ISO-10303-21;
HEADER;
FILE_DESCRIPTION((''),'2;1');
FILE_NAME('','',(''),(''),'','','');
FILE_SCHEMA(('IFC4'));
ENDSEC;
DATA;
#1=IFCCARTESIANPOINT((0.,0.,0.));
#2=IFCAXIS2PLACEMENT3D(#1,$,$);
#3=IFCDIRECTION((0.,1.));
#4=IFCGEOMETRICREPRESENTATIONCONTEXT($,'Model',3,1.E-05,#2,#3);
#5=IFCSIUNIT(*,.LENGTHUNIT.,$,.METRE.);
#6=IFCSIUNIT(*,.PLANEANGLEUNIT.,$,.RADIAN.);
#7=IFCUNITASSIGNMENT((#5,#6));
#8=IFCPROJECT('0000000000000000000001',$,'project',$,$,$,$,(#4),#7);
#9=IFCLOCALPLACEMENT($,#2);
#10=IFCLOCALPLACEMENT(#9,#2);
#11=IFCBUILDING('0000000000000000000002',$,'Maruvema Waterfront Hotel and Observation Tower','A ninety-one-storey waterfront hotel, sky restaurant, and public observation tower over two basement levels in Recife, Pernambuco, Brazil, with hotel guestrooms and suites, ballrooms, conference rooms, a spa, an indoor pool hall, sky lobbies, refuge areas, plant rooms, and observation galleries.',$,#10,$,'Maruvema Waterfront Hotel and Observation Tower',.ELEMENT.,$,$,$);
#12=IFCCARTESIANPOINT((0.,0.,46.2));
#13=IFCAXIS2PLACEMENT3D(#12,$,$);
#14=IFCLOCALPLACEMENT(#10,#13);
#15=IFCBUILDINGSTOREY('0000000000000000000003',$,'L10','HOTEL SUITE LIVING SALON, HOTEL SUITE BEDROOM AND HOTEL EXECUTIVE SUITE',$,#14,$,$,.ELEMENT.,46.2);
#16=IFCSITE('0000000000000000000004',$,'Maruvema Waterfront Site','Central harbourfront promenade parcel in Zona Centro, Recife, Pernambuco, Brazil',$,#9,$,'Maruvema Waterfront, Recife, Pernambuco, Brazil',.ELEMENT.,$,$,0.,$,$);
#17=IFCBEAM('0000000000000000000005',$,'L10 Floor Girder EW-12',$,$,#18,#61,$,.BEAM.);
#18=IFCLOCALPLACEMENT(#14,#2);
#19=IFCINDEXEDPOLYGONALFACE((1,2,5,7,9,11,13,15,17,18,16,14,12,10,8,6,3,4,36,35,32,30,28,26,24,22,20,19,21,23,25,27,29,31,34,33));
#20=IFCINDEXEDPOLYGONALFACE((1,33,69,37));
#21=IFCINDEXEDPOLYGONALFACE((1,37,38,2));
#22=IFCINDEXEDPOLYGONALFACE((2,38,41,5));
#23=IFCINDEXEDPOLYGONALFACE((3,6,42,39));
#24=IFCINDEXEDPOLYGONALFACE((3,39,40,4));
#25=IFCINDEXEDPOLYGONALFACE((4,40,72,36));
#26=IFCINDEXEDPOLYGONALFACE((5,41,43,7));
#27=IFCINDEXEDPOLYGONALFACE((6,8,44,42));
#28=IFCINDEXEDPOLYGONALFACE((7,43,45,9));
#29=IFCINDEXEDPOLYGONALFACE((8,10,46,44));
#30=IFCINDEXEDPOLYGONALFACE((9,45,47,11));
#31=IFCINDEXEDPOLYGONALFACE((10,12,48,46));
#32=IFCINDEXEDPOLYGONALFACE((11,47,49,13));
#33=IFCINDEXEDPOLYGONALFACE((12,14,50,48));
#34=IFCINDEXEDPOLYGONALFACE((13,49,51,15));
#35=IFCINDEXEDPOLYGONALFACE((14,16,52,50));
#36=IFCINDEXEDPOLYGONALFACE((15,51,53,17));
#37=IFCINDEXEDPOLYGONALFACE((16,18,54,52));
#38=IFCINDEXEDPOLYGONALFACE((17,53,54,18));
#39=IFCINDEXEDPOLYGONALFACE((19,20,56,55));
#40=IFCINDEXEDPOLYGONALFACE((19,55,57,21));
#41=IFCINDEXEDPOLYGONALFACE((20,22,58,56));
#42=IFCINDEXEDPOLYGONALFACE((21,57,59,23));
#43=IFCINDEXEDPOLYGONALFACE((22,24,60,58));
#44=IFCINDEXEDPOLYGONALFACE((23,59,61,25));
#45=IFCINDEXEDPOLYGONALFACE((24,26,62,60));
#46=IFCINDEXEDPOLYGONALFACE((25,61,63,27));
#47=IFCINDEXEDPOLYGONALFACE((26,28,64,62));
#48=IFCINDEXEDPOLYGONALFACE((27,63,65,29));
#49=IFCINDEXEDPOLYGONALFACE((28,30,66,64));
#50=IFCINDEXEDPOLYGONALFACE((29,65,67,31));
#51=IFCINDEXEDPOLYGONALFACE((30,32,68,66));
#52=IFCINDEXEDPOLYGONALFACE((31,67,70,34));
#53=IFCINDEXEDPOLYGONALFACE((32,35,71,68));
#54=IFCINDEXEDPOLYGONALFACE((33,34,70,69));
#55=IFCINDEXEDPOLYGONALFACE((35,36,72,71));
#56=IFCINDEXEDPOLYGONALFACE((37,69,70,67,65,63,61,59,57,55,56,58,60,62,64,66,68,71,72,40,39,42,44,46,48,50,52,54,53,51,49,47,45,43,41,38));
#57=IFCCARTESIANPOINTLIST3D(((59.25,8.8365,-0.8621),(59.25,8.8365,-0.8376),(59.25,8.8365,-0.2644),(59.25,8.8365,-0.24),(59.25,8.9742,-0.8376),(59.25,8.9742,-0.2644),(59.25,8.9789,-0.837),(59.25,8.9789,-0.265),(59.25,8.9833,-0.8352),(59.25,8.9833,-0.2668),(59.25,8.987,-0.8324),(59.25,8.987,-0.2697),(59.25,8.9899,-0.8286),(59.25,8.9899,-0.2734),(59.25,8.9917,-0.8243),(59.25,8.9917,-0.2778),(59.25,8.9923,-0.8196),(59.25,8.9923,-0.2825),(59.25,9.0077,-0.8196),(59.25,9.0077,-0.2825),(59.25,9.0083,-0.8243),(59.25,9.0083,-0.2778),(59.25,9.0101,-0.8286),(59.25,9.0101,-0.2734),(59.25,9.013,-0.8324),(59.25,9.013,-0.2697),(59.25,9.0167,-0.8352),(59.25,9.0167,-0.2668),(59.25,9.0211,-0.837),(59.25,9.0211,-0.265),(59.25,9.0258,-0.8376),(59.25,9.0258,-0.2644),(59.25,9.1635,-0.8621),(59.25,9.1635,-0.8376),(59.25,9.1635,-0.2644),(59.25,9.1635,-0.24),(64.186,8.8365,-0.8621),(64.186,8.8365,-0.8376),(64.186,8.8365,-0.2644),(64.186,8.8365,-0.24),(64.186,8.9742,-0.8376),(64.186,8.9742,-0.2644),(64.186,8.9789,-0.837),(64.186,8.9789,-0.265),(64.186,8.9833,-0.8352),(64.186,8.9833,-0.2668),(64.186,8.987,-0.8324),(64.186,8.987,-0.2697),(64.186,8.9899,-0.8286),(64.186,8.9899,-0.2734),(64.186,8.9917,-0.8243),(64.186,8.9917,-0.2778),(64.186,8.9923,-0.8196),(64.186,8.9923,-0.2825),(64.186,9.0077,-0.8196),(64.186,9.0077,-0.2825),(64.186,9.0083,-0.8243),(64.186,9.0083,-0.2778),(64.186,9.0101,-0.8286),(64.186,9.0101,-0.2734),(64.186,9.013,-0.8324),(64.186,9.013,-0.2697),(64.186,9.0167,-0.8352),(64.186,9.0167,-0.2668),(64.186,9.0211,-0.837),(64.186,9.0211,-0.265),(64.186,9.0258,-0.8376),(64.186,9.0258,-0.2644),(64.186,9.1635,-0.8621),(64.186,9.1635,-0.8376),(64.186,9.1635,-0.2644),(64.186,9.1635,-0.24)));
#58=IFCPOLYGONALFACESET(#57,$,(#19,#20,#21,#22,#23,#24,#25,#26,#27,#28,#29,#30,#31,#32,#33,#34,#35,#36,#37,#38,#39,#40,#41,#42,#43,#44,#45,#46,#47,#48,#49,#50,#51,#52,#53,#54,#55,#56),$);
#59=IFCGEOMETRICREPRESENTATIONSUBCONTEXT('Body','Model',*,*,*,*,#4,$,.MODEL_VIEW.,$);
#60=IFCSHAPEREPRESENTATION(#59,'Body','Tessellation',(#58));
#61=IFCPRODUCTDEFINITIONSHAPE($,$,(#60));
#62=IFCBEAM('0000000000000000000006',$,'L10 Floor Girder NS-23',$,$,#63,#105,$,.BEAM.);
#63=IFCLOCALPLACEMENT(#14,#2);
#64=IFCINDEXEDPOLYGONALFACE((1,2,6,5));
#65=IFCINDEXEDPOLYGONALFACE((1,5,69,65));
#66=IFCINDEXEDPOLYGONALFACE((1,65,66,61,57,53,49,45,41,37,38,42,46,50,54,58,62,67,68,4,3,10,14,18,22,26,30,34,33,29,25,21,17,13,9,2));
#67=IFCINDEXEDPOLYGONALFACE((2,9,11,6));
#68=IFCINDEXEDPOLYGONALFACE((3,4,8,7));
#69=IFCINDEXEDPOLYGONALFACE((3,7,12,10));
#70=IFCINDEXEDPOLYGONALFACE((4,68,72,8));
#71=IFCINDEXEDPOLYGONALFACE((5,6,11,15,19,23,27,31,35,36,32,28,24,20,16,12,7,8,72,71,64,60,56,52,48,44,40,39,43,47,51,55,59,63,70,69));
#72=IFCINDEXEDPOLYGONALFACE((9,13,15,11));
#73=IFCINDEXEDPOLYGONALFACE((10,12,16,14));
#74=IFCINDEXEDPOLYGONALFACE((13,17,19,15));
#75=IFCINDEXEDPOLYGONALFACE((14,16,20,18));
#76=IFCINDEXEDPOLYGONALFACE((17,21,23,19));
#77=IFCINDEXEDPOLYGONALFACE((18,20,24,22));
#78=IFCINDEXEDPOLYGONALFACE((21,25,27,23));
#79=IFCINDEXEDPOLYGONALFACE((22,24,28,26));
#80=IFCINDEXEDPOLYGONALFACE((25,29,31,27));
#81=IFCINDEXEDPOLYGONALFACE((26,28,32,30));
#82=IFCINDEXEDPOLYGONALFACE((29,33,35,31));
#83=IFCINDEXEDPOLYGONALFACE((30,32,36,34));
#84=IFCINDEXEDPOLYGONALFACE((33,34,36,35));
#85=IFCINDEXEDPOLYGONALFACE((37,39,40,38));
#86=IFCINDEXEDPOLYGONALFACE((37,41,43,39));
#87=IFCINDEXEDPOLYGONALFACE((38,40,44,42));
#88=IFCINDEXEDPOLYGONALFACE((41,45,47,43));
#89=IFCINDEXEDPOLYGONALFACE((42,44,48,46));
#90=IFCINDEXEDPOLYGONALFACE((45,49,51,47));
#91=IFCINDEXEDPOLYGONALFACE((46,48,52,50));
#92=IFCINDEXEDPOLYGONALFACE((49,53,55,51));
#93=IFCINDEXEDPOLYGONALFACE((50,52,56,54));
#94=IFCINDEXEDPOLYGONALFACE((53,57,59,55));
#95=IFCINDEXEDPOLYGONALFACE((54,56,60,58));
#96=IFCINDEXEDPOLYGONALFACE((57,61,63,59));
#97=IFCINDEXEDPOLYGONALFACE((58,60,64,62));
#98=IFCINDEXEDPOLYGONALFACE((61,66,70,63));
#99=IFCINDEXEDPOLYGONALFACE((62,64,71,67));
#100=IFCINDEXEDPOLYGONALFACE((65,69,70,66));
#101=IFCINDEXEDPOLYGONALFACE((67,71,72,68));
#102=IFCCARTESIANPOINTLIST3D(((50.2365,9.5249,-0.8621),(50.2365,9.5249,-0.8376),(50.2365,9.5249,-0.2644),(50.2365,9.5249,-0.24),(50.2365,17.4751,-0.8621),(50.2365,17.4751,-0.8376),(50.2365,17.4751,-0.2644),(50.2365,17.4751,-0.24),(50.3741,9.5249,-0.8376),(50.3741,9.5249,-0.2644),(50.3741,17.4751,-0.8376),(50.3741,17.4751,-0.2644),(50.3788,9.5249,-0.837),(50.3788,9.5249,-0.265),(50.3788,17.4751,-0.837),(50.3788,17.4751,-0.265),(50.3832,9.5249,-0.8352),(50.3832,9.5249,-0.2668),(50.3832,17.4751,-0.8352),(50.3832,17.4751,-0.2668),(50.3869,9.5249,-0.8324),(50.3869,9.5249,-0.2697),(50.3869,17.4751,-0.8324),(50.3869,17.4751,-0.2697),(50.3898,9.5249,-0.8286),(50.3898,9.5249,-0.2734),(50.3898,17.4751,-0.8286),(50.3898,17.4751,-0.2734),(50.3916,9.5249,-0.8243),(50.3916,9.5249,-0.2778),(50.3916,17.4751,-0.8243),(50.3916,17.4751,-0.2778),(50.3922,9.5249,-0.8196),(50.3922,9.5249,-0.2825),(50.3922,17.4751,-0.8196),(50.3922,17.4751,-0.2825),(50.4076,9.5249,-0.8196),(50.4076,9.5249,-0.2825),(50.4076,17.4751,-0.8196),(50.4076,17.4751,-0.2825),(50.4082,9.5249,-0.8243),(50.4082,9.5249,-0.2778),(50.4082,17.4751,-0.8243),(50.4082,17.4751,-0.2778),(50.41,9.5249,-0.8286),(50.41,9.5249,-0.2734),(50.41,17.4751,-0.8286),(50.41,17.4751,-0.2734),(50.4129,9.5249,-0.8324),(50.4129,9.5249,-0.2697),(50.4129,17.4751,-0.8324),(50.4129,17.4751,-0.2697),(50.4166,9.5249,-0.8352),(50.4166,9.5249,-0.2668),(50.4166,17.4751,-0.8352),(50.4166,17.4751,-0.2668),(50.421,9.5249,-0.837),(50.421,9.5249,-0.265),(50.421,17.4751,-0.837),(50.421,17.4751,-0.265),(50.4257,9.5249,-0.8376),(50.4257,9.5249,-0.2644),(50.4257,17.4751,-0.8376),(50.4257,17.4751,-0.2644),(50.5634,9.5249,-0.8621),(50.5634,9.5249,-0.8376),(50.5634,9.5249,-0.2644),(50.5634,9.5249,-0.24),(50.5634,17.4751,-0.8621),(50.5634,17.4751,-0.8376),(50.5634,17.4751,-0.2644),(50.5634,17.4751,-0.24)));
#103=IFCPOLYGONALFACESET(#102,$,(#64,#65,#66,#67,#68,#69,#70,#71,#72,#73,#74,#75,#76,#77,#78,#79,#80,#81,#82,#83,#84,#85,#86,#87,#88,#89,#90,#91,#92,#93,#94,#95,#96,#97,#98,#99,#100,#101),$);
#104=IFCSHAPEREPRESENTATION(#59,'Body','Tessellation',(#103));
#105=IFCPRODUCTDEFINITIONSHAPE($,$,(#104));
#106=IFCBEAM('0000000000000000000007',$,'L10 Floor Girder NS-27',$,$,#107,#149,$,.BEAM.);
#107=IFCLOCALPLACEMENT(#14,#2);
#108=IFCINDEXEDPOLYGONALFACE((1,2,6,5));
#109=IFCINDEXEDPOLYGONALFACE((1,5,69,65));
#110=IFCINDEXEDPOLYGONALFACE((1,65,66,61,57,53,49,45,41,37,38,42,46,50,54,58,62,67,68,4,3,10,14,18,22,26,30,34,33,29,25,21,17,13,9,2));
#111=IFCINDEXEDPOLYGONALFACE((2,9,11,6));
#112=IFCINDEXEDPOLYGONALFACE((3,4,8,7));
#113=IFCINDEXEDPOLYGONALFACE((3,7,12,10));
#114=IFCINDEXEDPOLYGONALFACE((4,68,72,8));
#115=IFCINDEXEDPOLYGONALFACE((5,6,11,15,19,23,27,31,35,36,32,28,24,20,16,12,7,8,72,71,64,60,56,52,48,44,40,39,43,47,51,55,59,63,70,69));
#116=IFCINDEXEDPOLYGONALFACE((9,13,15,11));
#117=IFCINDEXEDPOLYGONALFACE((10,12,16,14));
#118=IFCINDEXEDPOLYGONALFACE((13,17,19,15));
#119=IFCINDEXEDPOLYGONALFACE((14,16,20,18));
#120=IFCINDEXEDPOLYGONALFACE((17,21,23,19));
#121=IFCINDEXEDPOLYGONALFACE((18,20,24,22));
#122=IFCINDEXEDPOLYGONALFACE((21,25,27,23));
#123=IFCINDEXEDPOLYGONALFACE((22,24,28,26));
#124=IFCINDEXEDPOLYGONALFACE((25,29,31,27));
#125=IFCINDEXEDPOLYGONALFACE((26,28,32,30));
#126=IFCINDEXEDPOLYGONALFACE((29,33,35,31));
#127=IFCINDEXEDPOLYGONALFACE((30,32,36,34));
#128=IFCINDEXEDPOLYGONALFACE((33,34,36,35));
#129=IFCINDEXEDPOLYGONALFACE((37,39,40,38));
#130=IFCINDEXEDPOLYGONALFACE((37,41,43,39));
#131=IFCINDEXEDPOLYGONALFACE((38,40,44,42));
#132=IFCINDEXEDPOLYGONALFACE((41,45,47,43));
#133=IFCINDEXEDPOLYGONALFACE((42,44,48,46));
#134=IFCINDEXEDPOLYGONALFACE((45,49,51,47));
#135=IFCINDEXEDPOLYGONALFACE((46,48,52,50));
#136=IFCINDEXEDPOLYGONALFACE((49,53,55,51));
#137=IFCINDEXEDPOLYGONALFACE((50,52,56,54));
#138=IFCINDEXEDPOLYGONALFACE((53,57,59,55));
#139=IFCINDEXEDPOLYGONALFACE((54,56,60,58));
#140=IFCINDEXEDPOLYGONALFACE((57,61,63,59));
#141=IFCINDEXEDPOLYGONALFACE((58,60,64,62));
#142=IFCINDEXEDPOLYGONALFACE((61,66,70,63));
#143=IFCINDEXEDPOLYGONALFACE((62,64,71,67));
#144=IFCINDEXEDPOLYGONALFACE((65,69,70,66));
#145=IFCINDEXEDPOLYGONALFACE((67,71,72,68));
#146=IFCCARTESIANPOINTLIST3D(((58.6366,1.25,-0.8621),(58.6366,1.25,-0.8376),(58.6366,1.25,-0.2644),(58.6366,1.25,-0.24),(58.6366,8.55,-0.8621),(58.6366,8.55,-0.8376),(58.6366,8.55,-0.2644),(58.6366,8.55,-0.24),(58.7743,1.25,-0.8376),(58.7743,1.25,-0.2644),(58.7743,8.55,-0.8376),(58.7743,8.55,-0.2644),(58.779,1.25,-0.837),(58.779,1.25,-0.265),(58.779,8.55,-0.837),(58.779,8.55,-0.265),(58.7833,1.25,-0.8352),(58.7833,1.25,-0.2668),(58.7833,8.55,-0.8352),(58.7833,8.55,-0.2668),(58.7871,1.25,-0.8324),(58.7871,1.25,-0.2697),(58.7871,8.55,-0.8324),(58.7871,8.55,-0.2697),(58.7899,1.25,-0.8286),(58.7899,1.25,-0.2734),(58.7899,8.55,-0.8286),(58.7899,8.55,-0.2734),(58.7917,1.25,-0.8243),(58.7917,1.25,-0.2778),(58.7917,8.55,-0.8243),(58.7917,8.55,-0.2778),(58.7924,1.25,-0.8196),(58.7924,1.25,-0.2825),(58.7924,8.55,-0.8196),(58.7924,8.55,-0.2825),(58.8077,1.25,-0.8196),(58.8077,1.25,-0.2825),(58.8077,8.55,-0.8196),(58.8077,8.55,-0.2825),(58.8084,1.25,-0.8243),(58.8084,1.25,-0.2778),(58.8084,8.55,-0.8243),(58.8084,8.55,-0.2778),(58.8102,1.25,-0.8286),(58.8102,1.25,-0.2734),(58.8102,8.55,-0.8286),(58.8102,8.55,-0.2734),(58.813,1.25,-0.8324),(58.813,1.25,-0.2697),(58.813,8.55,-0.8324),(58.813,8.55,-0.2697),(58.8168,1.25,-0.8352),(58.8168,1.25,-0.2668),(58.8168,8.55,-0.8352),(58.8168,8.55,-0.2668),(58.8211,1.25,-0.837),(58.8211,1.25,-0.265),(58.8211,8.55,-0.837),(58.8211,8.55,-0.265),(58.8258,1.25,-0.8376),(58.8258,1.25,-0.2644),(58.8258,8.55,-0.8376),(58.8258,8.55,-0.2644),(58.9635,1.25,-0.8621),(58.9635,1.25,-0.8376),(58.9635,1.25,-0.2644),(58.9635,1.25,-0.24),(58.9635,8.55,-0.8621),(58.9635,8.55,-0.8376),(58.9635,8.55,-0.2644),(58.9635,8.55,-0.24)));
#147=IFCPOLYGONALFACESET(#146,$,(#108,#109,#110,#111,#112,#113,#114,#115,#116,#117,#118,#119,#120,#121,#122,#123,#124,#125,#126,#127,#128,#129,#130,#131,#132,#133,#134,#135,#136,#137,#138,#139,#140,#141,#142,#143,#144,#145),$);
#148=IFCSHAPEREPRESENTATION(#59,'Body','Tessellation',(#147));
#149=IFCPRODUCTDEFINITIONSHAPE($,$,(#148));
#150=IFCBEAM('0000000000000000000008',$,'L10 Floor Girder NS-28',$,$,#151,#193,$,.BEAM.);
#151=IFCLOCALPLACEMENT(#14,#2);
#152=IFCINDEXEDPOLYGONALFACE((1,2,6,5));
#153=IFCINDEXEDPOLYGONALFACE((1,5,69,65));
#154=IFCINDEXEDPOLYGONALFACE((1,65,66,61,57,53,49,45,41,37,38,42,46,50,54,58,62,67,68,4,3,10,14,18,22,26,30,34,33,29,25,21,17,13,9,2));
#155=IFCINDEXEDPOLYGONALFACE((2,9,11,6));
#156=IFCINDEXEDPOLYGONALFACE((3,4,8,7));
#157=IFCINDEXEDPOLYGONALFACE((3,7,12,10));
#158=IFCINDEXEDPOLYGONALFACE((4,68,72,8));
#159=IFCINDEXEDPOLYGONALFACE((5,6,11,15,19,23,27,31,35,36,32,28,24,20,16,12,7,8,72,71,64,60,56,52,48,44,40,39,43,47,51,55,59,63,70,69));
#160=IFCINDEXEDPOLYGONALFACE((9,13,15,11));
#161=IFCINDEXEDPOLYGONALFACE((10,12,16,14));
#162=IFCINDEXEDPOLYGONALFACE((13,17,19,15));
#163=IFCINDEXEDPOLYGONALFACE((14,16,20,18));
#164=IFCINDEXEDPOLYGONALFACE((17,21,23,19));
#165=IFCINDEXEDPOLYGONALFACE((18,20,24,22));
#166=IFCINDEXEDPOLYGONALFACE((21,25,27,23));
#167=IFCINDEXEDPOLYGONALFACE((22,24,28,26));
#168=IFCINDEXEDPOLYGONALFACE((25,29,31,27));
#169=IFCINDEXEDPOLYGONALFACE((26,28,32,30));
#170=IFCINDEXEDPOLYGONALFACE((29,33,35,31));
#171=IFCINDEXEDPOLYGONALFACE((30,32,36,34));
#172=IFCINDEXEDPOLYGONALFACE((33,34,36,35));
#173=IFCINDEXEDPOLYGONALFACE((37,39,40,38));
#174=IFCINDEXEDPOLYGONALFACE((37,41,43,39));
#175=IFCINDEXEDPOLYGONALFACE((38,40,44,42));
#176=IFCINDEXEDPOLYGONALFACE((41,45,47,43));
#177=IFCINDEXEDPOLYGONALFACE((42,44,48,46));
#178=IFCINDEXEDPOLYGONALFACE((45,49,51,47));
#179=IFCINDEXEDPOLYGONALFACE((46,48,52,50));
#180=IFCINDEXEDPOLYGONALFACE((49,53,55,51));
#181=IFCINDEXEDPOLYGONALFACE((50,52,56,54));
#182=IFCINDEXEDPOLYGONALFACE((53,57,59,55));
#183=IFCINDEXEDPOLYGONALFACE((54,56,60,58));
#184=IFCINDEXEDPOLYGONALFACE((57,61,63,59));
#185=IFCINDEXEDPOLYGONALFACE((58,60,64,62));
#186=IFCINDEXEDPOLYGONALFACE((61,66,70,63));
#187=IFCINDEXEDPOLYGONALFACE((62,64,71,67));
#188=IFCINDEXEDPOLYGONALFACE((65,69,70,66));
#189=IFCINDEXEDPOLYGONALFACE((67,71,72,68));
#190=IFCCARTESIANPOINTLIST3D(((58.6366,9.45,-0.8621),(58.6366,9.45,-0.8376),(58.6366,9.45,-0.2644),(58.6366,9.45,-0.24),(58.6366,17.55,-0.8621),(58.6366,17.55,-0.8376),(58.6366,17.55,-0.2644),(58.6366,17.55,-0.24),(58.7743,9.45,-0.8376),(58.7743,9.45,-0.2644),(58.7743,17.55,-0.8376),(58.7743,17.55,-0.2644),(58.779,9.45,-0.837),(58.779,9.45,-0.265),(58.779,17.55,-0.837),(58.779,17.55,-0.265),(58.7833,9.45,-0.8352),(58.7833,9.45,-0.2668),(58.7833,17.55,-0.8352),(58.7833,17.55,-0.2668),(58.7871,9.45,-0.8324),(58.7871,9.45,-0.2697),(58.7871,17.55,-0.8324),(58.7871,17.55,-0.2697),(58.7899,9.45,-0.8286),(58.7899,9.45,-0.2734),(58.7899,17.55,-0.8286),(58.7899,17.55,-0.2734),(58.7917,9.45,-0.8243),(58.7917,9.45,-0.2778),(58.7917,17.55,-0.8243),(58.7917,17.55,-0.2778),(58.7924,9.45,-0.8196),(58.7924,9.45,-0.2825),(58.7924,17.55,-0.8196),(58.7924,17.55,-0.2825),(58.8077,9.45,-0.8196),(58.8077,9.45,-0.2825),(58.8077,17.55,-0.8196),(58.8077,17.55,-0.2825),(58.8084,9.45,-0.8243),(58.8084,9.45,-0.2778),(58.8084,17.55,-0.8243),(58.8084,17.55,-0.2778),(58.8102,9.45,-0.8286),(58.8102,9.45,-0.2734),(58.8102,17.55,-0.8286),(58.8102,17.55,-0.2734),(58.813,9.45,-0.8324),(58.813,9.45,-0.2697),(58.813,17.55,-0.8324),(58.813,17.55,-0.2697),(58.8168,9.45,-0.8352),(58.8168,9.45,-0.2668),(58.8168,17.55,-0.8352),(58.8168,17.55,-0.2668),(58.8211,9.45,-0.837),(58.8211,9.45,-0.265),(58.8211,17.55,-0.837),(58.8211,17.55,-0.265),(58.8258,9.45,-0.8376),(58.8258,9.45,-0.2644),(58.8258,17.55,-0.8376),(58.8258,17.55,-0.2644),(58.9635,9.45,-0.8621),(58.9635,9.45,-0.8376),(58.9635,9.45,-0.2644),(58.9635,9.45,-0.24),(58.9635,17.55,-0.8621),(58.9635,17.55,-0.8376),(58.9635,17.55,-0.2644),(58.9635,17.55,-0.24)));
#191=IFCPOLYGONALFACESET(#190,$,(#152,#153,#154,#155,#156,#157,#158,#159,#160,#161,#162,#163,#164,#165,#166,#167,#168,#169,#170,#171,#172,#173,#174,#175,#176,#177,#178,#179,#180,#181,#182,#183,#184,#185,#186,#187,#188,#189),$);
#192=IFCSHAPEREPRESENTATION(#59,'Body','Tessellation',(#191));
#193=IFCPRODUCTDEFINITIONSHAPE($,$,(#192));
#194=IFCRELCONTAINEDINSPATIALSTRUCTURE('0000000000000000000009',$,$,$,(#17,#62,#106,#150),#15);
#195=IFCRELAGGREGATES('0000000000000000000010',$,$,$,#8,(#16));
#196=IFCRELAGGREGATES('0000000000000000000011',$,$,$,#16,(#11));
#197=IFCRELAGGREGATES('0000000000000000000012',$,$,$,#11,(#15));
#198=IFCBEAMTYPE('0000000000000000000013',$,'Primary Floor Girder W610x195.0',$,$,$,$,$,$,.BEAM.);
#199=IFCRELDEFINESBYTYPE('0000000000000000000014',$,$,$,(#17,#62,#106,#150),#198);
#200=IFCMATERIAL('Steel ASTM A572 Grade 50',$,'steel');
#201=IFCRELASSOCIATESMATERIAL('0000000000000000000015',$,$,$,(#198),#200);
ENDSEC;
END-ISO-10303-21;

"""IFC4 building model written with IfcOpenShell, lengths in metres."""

from ifc_helpers import new_model, si_unit, direction, frame, origin, origin_2d, place, context, subcontext, project, spatial, i_section, extrude, material, material_profile, profile_set, type_object, element, save


model = new_model("IFC4")

# Units and contexts
model_context = context("Model", 3, precision=1e-05, world=origin(), true_north=direction((0.0, 1.0)))
body_context = subcontext(model_context, "Body", "Model", "MODEL_VIEW")
ifc_project = project(units=[si_unit("LENGTHUNIT", "METRE"), si_unit("PLANEANGLEUNIT", "RADIAN")], contexts=[model_context])

# Site, building, storey
site_placement = place(None, origin())
site = spatial("IfcSite", under=ifc_project, at=site_placement, Name="Maruvema Waterfront Site", Description="Central harbourfront promenade parcel in Zona Centro, Recife, Pernambuco, Brazil", LongName="Maruvema Waterfront, Recife, Pernambuco, Brazil", CompositionType="ELEMENT", RefElevation=0.0)
building_placement = place(site_placement, origin())
building = spatial("IfcBuilding", under=site, at=building_placement, Name="Maruvema Waterfront Hotel and Observation Tower", Description="A ninety-one-storey waterfront hotel, sky restaurant, and public observation tower over two basement levels in Recife, Pernambuco, Brazil, with hotel guestrooms and suites, ballrooms, conference rooms, a spa, an indoor pool hall, sky lobbies, refuge areas, plant rooms, and observation galleries.", LongName="Maruvema Waterfront Hotel and Observation Tower", CompositionType="ELEMENT")
storey_placement = place(building_placement, frame((0.0, 0.0, 46.2)))
storey = spatial("IfcBuildingStorey", under=building, at=storey_placement, Name="L10", Description="HOTEL SUITE LIVING SALON, HOTEL SUITE BEDROOM AND HOTEL EXECUTIVE SUITE", CompositionType="ELEMENT", Elevation=46.2)

# Beams
ifc_material_1 = material(Name="Steel ASTM A572 Grade 50", Category="steel")
ifc_material_profile_1 = material_profile(ifc_material_1, i_section(OverallWidth=0.3269, OverallDepth=0.6221, WebThickness=0.0154, FlangeThickness=0.0244, FilletRadius=0.0181, at=origin_2d()), Name="W610x195.0")
ifc_profile_set_1 = profile_set([ifc_material_profile_1], Name="Steel ASTM A572 Grade 50")
beam_type_1 = type_object("IfcBeamType", Name="Primary Floor Girder W610x195.0", PredefinedType="BEAM", material=ifc_profile_set_1)
beam_1_placement = place(storey_placement, frame((59.25, 9.0, -0.551), z_axis=(1.0, 0.0, 0.0), x_axis=(0.0, 1.0, 0.0)))
element("IfcBeam", 1, at=beam_1_placement, inside=storey, type_object=beam_type_1, Name="L10 Floor Girder EW-12", PredefinedType="BEAM", context=body_context, shape_type="SweptSolid", body=[
    extrude(i_section(OverallWidth=0.3269, OverallDepth=0.6221, WebThickness=0.0154, FlangeThickness=0.0244, FilletRadius=0.0181, at=origin_2d()), origin(), (0.0, 0.0, 1.0), 4.936),
])
beam_2_placement = place(storey_placement, frame((50.3999, 9.5249, -0.551), z_axis=(0.0, 1.0, 0.0), x_axis=(-1.0, 0.0, 0.0)))
element("IfcBeam", 2, at=beam_2_placement, inside=storey, type_object=beam_type_1, Name="L10 Floor Girder NS-23", PredefinedType="BEAM", context=body_context, shape_type="SweptSolid", body=[
    extrude(i_section(OverallWidth=0.3269, OverallDepth=0.6221, WebThickness=0.0154, FlangeThickness=0.0244, FilletRadius=0.0181, at=origin_2d()), origin(), (0.0, 0.0, 1.0), 7.9502),
])
beam_3_placement = place(storey_placement, frame((58.8, 1.25, -0.551), z_axis=(0.0, 1.0, 0.0), x_axis=(-1.0, 0.0, 0.0)))
element("IfcBeam", 3, at=beam_3_placement, inside=storey, type_object=beam_type_1, Name="L10 Floor Girder NS-27", PredefinedType="BEAM", context=body_context, shape_type="SweptSolid", body=[
    extrude(i_section(OverallWidth=0.3269, OverallDepth=0.6221, WebThickness=0.0154, FlangeThickness=0.0244, FilletRadius=0.0181, at=origin_2d()), origin(), (0.0, 0.0, 1.0), 7.3),
])
beam_4_placement = place(storey_placement, frame((58.8, 9.45, -0.551), z_axis=(0.0, 1.0, 0.0), x_axis=(-1.0, 0.0, 0.0)))
element("IfcBeam", 4, at=beam_4_placement, inside=storey, type_object=beam_type_1, Name="L10 Floor Girder NS-28", PredefinedType="BEAM", context=body_context, shape_type="SweptSolid", body=[
    extrude(i_section(OverallWidth=0.3269, OverallDepth=0.6221, WebThickness=0.0154, FlangeThickness=0.0244, FilletRadius=0.0181, at=origin_2d()), origin(), (0.0, 0.0, 1.0), 8.1001),
])

save(model, "model.ifc")
